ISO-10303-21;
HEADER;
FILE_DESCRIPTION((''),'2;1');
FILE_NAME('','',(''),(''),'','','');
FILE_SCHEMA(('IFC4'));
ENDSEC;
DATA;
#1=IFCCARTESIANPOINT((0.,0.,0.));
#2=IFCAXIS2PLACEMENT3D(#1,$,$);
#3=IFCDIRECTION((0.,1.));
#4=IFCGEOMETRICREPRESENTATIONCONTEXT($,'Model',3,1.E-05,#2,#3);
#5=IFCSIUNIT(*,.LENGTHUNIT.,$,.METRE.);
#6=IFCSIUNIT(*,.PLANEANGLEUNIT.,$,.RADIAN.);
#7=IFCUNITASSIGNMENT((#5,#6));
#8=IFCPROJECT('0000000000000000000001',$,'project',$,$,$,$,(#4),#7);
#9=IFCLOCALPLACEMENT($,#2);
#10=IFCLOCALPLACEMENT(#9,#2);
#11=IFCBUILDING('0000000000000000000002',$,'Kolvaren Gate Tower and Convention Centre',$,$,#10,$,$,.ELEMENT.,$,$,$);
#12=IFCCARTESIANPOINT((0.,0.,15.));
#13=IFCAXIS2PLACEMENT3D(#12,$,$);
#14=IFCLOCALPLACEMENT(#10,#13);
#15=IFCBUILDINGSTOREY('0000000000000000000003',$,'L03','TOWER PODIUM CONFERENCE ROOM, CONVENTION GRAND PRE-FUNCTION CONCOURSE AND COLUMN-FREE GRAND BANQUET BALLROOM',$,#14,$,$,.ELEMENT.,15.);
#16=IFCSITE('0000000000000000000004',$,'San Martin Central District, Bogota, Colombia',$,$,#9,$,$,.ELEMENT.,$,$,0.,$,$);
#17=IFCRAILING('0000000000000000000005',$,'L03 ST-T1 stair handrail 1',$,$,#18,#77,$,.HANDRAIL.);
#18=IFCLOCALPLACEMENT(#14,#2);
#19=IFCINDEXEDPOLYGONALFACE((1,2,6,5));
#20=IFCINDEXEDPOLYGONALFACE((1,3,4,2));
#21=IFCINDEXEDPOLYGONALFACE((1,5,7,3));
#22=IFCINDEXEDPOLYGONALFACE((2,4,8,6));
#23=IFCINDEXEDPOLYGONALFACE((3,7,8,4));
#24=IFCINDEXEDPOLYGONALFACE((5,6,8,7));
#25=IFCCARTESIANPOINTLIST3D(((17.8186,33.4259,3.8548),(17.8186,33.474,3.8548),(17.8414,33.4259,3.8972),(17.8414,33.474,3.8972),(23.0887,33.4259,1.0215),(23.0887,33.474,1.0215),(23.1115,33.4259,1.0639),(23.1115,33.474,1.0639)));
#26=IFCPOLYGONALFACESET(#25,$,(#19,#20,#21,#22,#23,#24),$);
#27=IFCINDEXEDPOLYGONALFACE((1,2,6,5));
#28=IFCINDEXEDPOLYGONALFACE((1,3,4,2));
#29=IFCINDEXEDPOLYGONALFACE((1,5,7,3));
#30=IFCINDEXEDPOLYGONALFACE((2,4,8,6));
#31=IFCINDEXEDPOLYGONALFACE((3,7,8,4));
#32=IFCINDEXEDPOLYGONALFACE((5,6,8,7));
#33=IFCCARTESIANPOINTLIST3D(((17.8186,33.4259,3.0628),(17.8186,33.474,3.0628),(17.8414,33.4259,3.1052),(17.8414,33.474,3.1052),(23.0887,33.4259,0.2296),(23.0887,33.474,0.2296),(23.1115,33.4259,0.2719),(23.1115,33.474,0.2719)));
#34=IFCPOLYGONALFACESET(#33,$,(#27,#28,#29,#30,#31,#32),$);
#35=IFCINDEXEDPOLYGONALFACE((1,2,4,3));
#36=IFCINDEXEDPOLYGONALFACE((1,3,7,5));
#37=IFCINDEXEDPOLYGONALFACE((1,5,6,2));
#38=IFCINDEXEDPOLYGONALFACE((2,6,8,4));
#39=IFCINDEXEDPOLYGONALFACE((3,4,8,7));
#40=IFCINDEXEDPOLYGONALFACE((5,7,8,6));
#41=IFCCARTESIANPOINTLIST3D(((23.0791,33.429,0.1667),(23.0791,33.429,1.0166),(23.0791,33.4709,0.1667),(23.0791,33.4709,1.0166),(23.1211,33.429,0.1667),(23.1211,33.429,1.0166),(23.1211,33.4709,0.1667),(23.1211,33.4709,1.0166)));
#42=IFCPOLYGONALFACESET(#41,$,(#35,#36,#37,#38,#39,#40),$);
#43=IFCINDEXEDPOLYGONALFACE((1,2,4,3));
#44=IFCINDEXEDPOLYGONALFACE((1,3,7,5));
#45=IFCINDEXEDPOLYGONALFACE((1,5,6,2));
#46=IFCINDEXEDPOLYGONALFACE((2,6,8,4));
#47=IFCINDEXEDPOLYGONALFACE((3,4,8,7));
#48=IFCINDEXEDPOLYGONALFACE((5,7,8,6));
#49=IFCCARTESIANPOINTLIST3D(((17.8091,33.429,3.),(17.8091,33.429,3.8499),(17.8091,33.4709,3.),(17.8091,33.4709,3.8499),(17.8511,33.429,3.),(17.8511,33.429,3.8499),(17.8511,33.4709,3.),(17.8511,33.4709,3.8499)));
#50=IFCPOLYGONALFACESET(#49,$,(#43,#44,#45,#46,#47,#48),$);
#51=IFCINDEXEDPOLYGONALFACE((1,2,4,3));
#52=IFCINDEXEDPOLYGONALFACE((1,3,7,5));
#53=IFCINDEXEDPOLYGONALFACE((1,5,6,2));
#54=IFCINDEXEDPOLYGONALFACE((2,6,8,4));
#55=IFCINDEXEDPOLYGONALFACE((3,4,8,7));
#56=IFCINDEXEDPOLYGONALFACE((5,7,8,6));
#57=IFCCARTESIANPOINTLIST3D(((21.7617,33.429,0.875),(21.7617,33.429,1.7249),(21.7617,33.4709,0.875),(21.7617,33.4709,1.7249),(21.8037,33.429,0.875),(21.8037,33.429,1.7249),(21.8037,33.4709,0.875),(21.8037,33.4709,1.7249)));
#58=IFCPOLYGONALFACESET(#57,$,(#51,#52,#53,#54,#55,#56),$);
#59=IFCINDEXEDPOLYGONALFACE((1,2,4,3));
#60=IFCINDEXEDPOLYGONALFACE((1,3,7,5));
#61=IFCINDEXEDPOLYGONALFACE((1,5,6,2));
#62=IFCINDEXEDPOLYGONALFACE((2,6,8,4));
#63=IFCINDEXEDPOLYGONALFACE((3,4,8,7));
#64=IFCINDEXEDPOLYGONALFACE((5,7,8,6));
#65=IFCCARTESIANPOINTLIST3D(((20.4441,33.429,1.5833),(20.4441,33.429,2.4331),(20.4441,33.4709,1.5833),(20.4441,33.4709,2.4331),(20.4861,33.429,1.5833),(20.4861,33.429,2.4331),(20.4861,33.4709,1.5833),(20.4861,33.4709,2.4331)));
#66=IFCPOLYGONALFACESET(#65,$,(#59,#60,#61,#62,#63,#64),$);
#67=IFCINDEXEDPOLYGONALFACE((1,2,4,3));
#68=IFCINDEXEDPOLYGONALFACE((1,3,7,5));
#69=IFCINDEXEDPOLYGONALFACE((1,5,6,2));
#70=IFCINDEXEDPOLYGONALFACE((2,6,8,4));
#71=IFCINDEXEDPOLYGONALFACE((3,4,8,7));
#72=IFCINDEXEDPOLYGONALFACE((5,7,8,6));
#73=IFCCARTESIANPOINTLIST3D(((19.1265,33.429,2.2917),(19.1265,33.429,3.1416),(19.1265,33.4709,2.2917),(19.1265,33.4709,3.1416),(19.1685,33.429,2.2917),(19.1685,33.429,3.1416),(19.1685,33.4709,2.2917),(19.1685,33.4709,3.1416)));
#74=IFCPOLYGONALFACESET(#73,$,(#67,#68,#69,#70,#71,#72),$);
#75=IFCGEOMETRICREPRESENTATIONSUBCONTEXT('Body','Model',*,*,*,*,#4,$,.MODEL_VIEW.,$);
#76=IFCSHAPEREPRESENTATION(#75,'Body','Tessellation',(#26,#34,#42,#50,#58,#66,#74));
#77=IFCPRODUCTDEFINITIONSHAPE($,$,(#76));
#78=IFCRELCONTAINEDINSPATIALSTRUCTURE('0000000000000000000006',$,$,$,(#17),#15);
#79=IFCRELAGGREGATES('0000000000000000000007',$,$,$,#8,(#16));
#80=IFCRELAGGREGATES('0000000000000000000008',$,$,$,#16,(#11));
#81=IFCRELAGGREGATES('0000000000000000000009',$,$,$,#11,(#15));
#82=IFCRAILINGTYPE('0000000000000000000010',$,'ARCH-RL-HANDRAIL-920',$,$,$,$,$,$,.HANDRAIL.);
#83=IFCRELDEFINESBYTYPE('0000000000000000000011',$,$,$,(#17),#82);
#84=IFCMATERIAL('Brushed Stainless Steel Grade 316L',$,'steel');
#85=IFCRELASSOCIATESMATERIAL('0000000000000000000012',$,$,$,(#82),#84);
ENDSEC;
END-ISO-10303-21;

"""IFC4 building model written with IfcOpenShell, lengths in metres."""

from ifc_helpers import new_model, si_unit, direction, frame, origin, origin_2d, place, context, subcontext, project, spatial, rectangle, extrude, material, type_object, element, save


model = new_model("IFC4")

# Units and contexts
model_context = context("Model", 3, precision=1e-05, world=origin(), true_north=direction((0.0, 1.0)))
body_context = subcontext(model_context, "Body", "Model", "MODEL_VIEW")
ifc_project = project(units=[si_unit("LENGTHUNIT", "METRE"), si_unit("PLANEANGLEUNIT", "RADIAN")], contexts=[model_context])

# Site, building, storey
site_placement = place(None, origin())
site = spatial("IfcSite", under=ifc_project, at=site_placement, Name="San Martin Central District, Bogota, Colombia", CompositionType="ELEMENT", RefElevation=0.0)
building_placement = place(site_placement, origin())
building = spatial("IfcBuilding", under=site, at=building_placement, Name="Kolvaren Gate Tower and Convention Centre", CompositionType="ELEMENT")
storey_placement = place(building_placement, frame((0.0, 0.0, 15.0)))
storey = spatial("IfcBuildingStorey", under=building, at=storey_placement, Name="L03", Description="TOWER PODIUM CONFERENCE ROOM, CONVENTION GRAND PRE-FUNCTION CONCOURSE AND COLUMN-FREE GRAND BANQUET BALLROOM", CompositionType="ELEMENT", Elevation=15.0)

# Shared definitions
ifc_material_1 = material(Name="Brushed Stainless Steel Grade 316L", Category="steel")

# Railing
railing_type_1 = type_object("IfcRailingType", Name="ARCH-RL-HANDRAIL-920", PredefinedType="HANDRAIL", material=ifc_material_1)
railing_1_placement = place(storey_placement, frame((23.1001, 33.45, 0.1667)))
element("IfcRailing", 1, at=railing_1_placement, inside=storey, type_object=railing_type_1, Name="L03 ST-T1 stair handrail 1", PredefinedType="HANDRAIL", context=body_context, shape_type="SweptSolid", body=[
    extrude(rectangle(XDim=0.0481, YDim=0.0481, at=origin_2d()), frame((0.0, 0.0, 0.876), z_axis=(-0.880781, 0.0, 0.473523), x_axis=(0.0, -1.0, 0.0)), (0.0, 0.0, 1.0), 5.9834),
    extrude(rectangle(XDim=0.0481, YDim=0.0481, at=origin_2d()), frame((0.0, 0.0, 0.084), z_axis=(-0.880781, 0.0, 0.473523), x_axis=(0.0, -1.0, 0.0)), (0.0, 0.0, 1.0), 5.9834),
    extrude(rectangle(XDim=0.042, YDim=0.042, at=origin_2d()), origin(), (0.0, 0.0, 1.0), 0.8499),
    extrude(rectangle(XDim=0.042, YDim=0.042, at=origin_2d()), frame((-5.27, 0.0, 2.8333)), (0.0, 0.0, 1.0), 0.8499),
    extrude(rectangle(XDim=0.042, YDim=0.042, at=origin_2d()), frame((-1.3174, 0.0, 0.7083)), (0.0, 0.0, 1.0), 0.8499),
    extrude(rectangle(XDim=0.042, YDim=0.042, at=origin_2d()), frame((-2.635, 0.0, 1.4165)), (0.0, 0.0, 1.0), 0.8499),
    extrude(rectangle(XDim=0.042, YDim=0.042, at=origin_2d()), frame((-3.9526, 0.0, 2.125)), (0.0, 0.0, 1.0), 0.8499),
])

save(model, "model.ifc")
